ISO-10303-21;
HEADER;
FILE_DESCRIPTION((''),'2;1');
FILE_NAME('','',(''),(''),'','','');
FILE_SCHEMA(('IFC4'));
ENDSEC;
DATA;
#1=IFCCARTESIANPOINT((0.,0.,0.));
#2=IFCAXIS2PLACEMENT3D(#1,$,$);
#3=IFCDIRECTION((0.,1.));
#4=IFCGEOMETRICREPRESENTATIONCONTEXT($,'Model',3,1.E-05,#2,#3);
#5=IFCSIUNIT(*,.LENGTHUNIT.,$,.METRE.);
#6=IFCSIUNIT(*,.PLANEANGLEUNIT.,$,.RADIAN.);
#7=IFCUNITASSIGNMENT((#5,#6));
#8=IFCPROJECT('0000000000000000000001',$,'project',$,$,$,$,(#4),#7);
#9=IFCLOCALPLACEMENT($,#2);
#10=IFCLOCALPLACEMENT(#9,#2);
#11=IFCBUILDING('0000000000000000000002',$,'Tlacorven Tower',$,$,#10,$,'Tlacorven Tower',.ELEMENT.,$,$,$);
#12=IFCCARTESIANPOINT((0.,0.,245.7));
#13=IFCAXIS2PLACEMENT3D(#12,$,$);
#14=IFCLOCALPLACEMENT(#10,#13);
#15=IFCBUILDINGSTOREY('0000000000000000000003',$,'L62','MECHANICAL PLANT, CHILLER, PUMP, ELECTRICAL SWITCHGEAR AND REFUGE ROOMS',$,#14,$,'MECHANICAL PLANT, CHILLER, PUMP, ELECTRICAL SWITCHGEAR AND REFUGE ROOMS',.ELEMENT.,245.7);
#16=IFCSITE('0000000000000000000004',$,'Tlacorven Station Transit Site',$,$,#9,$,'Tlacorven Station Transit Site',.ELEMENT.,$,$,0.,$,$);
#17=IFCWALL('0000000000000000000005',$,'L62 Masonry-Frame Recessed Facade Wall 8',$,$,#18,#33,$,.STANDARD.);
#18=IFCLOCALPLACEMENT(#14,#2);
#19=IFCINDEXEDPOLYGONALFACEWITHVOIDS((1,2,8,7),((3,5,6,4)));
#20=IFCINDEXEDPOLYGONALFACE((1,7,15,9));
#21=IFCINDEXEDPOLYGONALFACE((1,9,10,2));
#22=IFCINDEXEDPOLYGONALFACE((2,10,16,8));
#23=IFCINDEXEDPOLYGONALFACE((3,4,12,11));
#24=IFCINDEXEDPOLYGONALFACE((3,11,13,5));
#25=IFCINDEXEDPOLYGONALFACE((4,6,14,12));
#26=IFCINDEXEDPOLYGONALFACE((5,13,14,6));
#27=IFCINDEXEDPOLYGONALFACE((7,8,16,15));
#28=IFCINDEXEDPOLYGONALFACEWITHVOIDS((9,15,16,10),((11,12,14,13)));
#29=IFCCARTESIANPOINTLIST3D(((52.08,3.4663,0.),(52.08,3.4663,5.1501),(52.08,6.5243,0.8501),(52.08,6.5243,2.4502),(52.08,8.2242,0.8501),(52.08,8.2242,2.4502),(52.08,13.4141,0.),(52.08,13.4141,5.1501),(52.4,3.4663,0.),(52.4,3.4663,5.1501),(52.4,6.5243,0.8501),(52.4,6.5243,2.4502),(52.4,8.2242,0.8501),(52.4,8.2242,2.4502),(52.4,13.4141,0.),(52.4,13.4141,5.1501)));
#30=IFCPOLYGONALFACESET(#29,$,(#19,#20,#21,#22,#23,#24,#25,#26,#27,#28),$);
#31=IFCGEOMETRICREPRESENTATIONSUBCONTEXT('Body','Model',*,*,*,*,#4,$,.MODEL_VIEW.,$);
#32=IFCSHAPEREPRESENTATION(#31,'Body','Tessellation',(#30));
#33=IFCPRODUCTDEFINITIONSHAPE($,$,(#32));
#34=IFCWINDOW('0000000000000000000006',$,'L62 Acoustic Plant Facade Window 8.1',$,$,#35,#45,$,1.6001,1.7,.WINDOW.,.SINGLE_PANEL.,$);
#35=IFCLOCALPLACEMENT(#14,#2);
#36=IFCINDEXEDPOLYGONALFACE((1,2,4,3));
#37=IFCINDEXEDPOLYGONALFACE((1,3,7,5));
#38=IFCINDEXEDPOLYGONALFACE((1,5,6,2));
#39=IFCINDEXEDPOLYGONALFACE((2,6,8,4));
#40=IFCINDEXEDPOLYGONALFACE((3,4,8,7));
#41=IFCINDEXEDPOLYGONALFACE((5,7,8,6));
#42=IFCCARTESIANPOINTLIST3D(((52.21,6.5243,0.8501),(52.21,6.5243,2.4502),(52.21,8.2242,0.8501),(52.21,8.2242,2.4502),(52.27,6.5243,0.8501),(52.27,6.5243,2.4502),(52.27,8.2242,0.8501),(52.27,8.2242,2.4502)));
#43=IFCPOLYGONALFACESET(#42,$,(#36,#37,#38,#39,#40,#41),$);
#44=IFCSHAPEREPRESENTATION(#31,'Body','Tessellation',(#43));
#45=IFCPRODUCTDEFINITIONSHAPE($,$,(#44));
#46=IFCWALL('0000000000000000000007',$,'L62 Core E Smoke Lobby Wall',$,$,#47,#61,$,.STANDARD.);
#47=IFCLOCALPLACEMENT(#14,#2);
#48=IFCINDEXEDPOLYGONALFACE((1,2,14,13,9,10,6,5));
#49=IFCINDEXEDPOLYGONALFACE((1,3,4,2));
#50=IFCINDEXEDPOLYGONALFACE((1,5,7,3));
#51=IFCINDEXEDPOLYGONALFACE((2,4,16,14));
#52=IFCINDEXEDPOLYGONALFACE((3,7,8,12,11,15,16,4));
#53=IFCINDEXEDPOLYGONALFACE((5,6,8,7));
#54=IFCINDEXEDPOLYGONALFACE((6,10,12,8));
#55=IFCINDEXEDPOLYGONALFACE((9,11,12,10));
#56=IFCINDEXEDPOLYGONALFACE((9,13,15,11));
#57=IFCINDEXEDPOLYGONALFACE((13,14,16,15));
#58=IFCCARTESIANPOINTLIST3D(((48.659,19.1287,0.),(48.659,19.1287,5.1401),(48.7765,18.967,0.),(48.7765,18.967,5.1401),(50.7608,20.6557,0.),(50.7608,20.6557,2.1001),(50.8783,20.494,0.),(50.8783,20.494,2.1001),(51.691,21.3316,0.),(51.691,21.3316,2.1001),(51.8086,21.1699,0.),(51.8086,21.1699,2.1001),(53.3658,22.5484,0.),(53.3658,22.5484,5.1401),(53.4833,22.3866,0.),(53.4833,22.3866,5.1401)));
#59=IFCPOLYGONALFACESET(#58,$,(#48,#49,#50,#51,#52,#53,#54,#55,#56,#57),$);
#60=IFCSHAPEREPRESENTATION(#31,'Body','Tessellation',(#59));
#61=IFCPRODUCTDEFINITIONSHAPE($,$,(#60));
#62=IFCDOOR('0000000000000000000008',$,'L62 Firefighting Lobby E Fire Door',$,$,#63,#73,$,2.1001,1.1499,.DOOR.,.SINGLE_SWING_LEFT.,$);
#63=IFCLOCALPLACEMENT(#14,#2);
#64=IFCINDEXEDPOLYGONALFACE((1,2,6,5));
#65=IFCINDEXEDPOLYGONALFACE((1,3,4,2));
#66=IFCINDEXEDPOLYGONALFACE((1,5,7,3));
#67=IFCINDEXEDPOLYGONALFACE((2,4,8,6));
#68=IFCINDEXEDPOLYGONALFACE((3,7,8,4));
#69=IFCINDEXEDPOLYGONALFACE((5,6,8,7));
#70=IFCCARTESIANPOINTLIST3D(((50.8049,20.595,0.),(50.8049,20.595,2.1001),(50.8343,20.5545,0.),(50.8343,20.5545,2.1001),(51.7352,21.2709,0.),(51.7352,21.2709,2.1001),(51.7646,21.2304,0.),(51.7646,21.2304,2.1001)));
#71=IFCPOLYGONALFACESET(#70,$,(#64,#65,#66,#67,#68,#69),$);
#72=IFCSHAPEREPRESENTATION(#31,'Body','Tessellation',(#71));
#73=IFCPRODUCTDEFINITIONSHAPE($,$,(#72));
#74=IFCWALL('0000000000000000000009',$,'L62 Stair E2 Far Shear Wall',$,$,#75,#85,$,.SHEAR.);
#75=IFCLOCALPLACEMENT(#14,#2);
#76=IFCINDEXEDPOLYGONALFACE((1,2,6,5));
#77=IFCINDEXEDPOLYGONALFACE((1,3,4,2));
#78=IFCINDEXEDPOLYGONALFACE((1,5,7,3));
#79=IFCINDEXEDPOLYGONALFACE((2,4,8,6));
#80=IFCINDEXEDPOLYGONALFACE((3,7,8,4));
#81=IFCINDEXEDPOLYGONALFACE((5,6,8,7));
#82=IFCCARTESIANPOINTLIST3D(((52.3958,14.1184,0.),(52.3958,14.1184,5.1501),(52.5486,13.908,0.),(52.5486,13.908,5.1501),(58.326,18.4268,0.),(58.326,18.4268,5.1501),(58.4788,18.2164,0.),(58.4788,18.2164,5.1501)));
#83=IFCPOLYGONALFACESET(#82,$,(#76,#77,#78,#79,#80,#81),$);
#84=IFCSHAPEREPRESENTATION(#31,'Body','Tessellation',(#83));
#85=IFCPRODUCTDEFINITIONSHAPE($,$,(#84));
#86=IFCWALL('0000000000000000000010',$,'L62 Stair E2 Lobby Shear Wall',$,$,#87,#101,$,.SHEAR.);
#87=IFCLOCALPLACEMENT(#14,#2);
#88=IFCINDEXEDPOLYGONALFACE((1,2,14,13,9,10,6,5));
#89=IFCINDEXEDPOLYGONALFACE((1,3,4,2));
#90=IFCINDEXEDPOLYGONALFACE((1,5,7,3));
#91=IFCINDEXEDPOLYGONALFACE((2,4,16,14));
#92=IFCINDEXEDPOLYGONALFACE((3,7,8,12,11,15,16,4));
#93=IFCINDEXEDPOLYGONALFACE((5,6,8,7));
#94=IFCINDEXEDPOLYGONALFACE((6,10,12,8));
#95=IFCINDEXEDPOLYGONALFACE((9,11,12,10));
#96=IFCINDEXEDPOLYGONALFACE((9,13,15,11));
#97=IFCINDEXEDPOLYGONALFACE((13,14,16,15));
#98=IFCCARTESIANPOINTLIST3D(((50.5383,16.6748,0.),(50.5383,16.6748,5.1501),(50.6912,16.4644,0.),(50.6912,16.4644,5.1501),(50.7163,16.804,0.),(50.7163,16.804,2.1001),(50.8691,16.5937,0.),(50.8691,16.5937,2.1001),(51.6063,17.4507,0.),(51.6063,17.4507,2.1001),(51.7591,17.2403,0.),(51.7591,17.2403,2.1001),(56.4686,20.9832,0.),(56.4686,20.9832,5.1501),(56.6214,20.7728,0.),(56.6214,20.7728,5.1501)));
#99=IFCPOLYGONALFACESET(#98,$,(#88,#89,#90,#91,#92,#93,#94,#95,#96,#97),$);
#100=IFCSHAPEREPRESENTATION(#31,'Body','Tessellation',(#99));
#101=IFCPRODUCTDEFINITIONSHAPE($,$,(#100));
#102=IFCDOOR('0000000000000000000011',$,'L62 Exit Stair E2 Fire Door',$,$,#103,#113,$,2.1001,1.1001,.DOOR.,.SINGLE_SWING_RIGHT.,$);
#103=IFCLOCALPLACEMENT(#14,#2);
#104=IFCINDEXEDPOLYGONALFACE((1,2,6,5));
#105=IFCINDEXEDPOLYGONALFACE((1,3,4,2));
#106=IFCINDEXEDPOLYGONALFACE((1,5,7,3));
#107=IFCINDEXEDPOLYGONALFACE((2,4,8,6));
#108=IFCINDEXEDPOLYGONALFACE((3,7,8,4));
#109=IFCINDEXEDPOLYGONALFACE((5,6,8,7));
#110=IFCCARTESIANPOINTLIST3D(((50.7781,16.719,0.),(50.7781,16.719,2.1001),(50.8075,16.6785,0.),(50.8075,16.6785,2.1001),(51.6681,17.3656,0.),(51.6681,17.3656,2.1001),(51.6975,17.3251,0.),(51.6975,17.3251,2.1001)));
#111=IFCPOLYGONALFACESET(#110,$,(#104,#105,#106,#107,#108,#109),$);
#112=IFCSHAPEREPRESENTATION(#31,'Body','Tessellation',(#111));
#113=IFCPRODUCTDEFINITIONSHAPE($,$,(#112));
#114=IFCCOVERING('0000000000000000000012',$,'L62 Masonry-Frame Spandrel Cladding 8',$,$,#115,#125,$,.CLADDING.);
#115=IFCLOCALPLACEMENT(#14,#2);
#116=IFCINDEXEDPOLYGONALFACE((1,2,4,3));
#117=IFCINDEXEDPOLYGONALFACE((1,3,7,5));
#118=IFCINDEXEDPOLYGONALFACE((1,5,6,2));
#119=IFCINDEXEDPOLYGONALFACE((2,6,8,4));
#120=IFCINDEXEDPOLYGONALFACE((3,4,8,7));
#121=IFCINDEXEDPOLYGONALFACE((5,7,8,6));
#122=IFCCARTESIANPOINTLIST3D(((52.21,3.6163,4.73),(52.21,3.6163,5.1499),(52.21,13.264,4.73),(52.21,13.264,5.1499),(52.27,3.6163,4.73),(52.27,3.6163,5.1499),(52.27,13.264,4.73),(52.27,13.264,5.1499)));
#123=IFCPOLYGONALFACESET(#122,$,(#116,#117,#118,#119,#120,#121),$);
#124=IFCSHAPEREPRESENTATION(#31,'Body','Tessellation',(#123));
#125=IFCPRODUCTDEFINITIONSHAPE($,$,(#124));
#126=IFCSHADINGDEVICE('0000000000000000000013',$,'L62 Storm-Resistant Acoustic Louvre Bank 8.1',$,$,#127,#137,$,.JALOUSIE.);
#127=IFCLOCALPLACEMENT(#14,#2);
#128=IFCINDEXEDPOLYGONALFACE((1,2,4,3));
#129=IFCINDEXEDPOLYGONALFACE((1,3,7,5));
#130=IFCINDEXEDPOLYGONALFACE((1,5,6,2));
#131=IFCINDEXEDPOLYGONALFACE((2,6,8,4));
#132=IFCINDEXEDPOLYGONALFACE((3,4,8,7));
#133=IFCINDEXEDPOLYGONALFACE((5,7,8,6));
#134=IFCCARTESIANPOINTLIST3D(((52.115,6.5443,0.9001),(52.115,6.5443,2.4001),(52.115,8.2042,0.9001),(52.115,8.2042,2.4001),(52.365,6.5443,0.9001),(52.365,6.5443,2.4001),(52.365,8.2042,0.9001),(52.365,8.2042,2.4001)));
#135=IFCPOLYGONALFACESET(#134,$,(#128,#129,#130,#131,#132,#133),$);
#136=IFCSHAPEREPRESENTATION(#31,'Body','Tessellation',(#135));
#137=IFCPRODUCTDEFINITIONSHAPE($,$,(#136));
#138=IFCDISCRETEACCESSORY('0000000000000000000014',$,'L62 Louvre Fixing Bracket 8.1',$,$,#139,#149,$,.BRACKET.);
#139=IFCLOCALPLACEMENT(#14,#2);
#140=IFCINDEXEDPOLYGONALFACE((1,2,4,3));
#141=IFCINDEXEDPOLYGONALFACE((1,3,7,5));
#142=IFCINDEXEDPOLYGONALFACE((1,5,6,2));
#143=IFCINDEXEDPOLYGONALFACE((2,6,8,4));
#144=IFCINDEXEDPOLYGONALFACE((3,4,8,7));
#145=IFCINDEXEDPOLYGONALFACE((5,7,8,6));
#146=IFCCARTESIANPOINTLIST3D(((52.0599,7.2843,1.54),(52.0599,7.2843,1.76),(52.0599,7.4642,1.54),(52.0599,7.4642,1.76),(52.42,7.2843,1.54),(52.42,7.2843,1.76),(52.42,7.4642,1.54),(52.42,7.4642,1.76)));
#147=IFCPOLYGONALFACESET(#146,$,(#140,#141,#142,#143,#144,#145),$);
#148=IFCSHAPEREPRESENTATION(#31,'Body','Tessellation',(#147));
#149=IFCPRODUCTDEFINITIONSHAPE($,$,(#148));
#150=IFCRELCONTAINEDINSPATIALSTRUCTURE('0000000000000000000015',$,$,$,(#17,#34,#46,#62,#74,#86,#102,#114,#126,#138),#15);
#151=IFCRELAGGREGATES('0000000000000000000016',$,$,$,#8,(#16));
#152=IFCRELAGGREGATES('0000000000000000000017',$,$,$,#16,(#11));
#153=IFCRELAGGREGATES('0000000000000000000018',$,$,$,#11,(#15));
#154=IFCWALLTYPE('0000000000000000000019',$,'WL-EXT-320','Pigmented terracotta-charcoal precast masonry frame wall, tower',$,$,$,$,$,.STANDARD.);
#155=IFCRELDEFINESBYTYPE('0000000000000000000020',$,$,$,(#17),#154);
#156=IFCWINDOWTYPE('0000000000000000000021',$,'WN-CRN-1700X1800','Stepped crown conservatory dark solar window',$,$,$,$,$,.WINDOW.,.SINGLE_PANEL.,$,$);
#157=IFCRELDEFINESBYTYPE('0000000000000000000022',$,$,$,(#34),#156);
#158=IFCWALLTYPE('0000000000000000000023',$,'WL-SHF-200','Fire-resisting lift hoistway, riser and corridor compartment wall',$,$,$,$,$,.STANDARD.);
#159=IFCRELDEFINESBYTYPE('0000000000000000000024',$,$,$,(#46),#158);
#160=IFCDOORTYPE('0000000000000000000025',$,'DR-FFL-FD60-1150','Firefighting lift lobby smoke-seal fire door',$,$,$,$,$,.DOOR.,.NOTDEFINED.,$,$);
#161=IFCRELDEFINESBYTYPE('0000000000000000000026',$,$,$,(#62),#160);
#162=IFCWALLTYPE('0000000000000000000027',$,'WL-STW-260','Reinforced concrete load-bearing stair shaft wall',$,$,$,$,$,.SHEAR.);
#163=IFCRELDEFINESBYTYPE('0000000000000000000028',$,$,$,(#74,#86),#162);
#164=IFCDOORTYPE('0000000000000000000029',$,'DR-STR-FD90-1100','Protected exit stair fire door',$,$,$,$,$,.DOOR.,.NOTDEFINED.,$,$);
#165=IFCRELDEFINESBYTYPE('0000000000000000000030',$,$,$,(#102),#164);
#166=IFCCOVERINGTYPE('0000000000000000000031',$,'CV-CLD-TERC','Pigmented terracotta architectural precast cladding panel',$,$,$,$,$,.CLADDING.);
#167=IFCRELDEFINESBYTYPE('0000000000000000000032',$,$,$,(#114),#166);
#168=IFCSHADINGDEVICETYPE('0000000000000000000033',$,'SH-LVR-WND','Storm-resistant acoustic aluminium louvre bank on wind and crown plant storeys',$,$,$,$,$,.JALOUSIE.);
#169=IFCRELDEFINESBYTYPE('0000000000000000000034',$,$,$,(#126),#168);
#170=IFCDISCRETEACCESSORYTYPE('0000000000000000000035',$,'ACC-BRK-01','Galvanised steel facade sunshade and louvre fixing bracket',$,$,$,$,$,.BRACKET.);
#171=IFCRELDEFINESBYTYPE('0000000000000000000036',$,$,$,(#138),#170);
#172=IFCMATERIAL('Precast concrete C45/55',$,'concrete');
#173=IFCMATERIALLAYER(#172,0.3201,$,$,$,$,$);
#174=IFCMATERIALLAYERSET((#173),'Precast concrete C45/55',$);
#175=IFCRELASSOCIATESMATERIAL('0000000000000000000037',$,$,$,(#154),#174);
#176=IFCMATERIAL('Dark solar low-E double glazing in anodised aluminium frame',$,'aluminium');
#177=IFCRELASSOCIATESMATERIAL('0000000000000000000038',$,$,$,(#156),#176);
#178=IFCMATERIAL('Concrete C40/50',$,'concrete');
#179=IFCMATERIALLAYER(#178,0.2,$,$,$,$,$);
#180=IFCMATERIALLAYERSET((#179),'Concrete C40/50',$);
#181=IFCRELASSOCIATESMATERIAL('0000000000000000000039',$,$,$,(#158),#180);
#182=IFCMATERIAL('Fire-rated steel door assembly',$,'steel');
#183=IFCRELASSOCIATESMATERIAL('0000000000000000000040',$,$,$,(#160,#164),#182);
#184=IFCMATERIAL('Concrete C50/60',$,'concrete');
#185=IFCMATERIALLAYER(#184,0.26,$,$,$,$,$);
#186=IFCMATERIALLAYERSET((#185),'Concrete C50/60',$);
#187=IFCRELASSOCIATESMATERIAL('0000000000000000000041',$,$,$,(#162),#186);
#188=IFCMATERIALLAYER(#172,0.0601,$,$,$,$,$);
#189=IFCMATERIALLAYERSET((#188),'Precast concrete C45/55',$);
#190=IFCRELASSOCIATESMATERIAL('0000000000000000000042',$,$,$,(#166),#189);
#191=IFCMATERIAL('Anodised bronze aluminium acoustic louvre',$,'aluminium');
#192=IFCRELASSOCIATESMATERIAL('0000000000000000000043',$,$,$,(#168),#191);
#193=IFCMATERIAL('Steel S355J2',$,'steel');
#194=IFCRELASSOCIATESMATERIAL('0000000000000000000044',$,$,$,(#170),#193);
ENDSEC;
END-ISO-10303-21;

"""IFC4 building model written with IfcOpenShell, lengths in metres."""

from ifc_helpers import new_model, si_unit, direction, frame, frame_2d, origin, origin_2d, place, context, subcontext, project, spatial, rectangle, extrude, source, transform, mapped, material, layer, layer_set, type_object, element, fill, save


model = new_model("IFC4")

# Units and contexts
model_context = context("Model", 3, precision=1e-05, world=origin(), true_north=direction((0.0, 1.0)))
body_context = subcontext(model_context, "Body", "Model", "MODEL_VIEW")
ifc_project = project(units=[si_unit("LENGTHUNIT", "METRE"), si_unit("PLANEANGLEUNIT", "RADIAN")], contexts=[model_context])

# Site, building, storey
site_placement = place(None, origin())
site = spatial("IfcSite", under=ifc_project, at=site_placement, Name="Tlacorven Station Transit Site", LongName="Tlacorven Station Transit Site", CompositionType="ELEMENT", RefElevation=0.0)
building_placement = place(site_placement, origin())
building = spatial("IfcBuilding", under=site, at=building_placement, Name="Tlacorven Tower", LongName="Tlacorven Tower", CompositionType="ELEMENT")
storey_placement = place(building_placement, frame((0.0, 0.0, 245.7)))
storey = spatial("IfcBuildingStorey", under=building, at=storey_placement, Name="L62", Description="MECHANICAL PLANT, CHILLER, PUMP, ELECTRICAL SWITCHGEAR AND REFUGE ROOMS", LongName="MECHANICAL PLANT, CHILLER, PUMP, ELECTRICAL SWITCHGEAR AND REFUGE ROOMS", CompositionType="ELEMENT", Elevation=245.7)

# Shared definitions
ifc_material_1 = material(Name="Concrete C50/60", Category="concrete")

# Wall, opening, window
ifc_material_2 = material(Name="Precast concrete C45/55", Category="concrete")
ifc_layer_1 = layer(ifc_material_2, 0.3201)
ifc_layer_set_1 = layer_set([ifc_layer_1], Name="Precast concrete C45/55")
wall_type_1 = type_object("IfcWallType", Name="WL-EXT-320", Description="Pigmented terracotta-charcoal precast masonry frame wall, tower", PredefinedType="STANDARD", material=ifc_layer_set_1)
wall_1_placement = place(storey_placement, frame((52.24, 13.4141, 0.0), z_axis=(0.0, 0.0, 1.0), x_axis=(0.0, -1.0, 0.0)))
wall_1 = element("IfcWall", 1, at=wall_1_placement, inside=storey, type_object=wall_type_1, Name="L62 Masonry-Frame Recessed Facade Wall 8", PredefinedType="STANDARD", context=body_context, shape_type="SweptSolid", body=[
    extrude(rectangle(XDim=9.9478, YDim=0.3201, at=frame_2d((4.9739, 0.0))), origin(), (0.0, 0.0, 1.0), 5.1501),
])
opening_1_placement = place(wall_1_placement, frame((5.1897, 0.0, 0.8501)))
opening_1 = element("IfcOpeningElement", 2, at=opening_1_placement, cuts=wall_1, PredefinedType="OPENING", context=body_context, shape_type="SweptSolid", body=[
    extrude(rectangle(XDim=1.7, YDim=1.6001, at=frame_2d((0.8501, 0.8))), frame((0.0, 0.1699, 0.0), z_axis=(0.0, -1.0, 0.0), x_axis=(1.0, 0.0, 0.0)), (0.0, 0.0, 1.0), 0.3401),
])
ifc_material_3 = material(Name="Dark solar low-E double glazing in anodised aluminium frame", Category="aluminium")
window_type = type_object("IfcWindowType", Name="WN-CRN-1700X1800", Description="Stepped crown conservatory dark solar window", PartitioningType="SINGLE_PANEL", PredefinedType="WINDOW", material=ifc_material_3)
shared_shape_1 = source(origin(), body_context, "Body", "SweptSolid", [
    extrude(rectangle(XDim=1.7, YDim=1.6001, at=frame_2d((0.8501, 0.8))), frame((0.0, 0.03, 0.0), z_axis=(0.0, -1.0, 0.0), x_axis=(1.0, 0.0, 0.0)), (0.0, 0.0, 1.0), 0.0601),
])
window_placement = place(opening_1_placement, origin())
window = element("IfcWindow", 3, at=window_placement, inside=storey, type_object=window_type, Name="L62 Acoustic Plant Facade Window 8.1", OverallHeight=1.6001, OverallWidth=1.7, PartitioningType="SINGLE_PANEL", PredefinedType="WINDOW", context=body_context, shape_type="MappedRepresentation", body=[
    mapped(shared_shape_1, transform((0.0, 0.0, 0.0), scale=1.0)),
])
fill(opening_1, window)

# Wall, opening, door
ifc_material_4 = material(Name="Concrete C40/50", Category="concrete")
ifc_layer_2 = layer(ifc_material_4, 0.2)
ifc_layer_set_2 = layer_set([ifc_layer_2], Name="Concrete C40/50")
wall_type_2 = type_object("IfcWallType", Name="WL-SHF-200", Description="Fire-resisting lift hoistway, riser and corridor compartment wall", PredefinedType="STANDARD", material=ifc_layer_set_2)
wall_2_placement = place(storey_placement, frame((48.7178, 19.0479, 0.0), z_axis=(0.0, 0.0, 1.0), x_axis=(0.809017, 0.587785, 0.0)))
wall_2 = element("IfcWall", 4, at=wall_2_placement, inside=storey, type_object=wall_type_2, Name="L62 Core E Smoke Lobby Wall", PredefinedType="STANDARD", context=body_context, shape_type="SweptSolid", body=[
    extrude(rectangle(XDim=5.8179, YDim=0.2, at=frame_2d((2.9089, 0.0))), origin(), (0.0, 0.0, 1.0), 5.1401),
])
opening_2_placement = place(wall_2_placement, frame((2.5979, 0.0, 0.0)))
opening_2 = element("IfcOpeningElement", 5, at=opening_2_placement, cuts=wall_2, PredefinedType="OPENING", context=body_context, shape_type="SweptSolid", body=[
    extrude(rectangle(XDim=1.1499, YDim=2.1001, at=frame_2d((0.575, 1.05))), frame((0.0, 0.1099, 0.0), z_axis=(0.0, -1.0, 0.0), x_axis=(1.0, 0.0, 0.0)), (0.0, 0.0, 1.0), 0.22),
])
ifc_material_5 = material(Name="Fire-rated steel door assembly", Category="steel")
door_type_1 = type_object("IfcDoorType", Name="DR-FFL-FD60-1150", Description="Firefighting lift lobby smoke-seal fire door", OperationType="NOTDEFINED", PredefinedType="DOOR", material=ifc_material_5)
shared_shape_2 = source(origin(), body_context, "Body", "SweptSolid", [
    extrude(rectangle(XDim=1.1499, YDim=2.1001, at=frame_2d((0.575, 1.05))), frame((0.0, 0.0249, 0.0), z_axis=(0.0, -1.0, 0.0), x_axis=(1.0, 0.0, 0.0)), (0.0, 0.0, 1.0), 0.05),
])
door_1_placement = place(opening_2_placement, origin())
door_1 = element("IfcDoor", 6, at=door_1_placement, inside=storey, type_object=door_type_1, Name="L62 Firefighting Lobby E Fire Door", OperationType="SINGLE_SWING_LEFT", OverallHeight=2.1001, OverallWidth=1.1499, PredefinedType="DOOR", context=body_context, shape_type="MappedRepresentation", body=[
    mapped(shared_shape_2, transform((0.0, 0.0, 0.0), scale=1.0)),
])
fill(opening_2, door_1)

# Wall
ifc_layer_3 = layer(ifc_material_1, 0.26)
ifc_layer_set_3 = layer_set([ifc_layer_3], Name="Concrete C50/60")
wall_type_3 = type_object("IfcWallType", Name="WL-STW-260", Description="Reinforced concrete load-bearing stair shaft wall", PredefinedType="SHEAR", material=ifc_layer_set_3)
wall_3_placement = place(storey_placement, frame((52.4722, 14.0132, 0.0), z_axis=(0.0, 0.0, 1.0), x_axis=(0.809028, 0.58777, 0.0)))
element("IfcWall", 7, at=wall_3_placement, inside=storey, type_object=wall_type_3, Name="L62 Stair E2 Far Shear Wall", PredefinedType="SHEAR", context=body_context, shape_type="SweptSolid", body=[
    extrude(rectangle(XDim=7.3301, YDim=0.26, at=frame_2d((3.665, 0.0))), origin(), (0.0, 0.0, 1.0), 5.1501),
])

# Wall, opening, door
wall_4_placement = place(storey_placement, frame((50.6147, 16.5696, 0.0), z_axis=(0.0, 0.0, 1.0), x_axis=(0.809028, 0.58777, 0.0)))
wall_4 = element("IfcWall", 8, at=wall_4_placement, inside=storey, type_object=wall_type_3, Name="L62 Stair E2 Lobby Shear Wall", PredefinedType="SHEAR", context=body_context, shape_type="SweptSolid", body=[
    extrude(rectangle(XDim=7.3301, YDim=0.26, at=frame_2d((3.665, 0.0))), origin(), (0.0, 0.0, 1.0), 5.1501),
])
opening_3_placement = place(wall_4_placement, frame((0.22, 0.0, 0.0)))
opening_3 = element("IfcOpeningElement", 9, at=opening_3_placement, cuts=wall_4, PredefinedType="OPENING", context=body_context, shape_type="SweptSolid", body=[
    extrude(rectangle(XDim=1.1001, YDim=2.1001, at=frame_2d((0.55, 1.05))), frame((0.0, 0.1401, 0.0), z_axis=(0.0, -1.0, 0.0), x_axis=(1.0, 0.0, 0.0)), (0.0, 0.0, 1.0), 0.28),
])
door_type_2 = type_object("IfcDoorType", Name="DR-STR-FD90-1100", Description="Protected exit stair fire door", OperationType="NOTDEFINED", PredefinedType="DOOR", material=ifc_material_5)
shared_shape_3 = source(origin(), body_context, "Body", "SweptSolid", [
    extrude(rectangle(XDim=1.1001, YDim=2.1001, at=frame_2d((0.55, 1.05))), frame((0.0, 0.0249, 0.0), z_axis=(0.0, -1.0, 0.0), x_axis=(1.0, 0.0, 0.0)), (0.0, 0.0, 1.0), 0.05),
])
door_2_placement = place(opening_3_placement, origin())
door_2 = element("IfcDoor", 10, at=door_2_placement, inside=storey, type_object=door_type_2, Name="L62 Exit Stair E2 Fire Door", OperationType="SINGLE_SWING_RIGHT", OverallHeight=2.1001, OverallWidth=1.1001, PredefinedType="DOOR", context=body_context, shape_type="MappedRepresentation", body=[
    mapped(shared_shape_3, transform((0.0, 0.0, 0.0), scale=1.0)),
])
fill(opening_3, door_2)

# Covering
ifc_layer_4 = layer(ifc_material_2, 0.0601)
ifc_layer_set_4 = layer_set([ifc_layer_4], Name="Precast concrete C45/55")
covering_type = type_object("IfcCoveringType", Name="CV-CLD-TERC", Description="Pigmented terracotta architectural precast cladding panel", PredefinedType="CLADDING", material=ifc_layer_set_4)
shared_shape_4 = source(origin(), body_context, "Body", "SweptSolid", [
    extrude(rectangle(XDim=9.6477, YDim=0.0601, at=origin_2d()), origin(), (0.0, 0.0, 1.0), 0.4199),
])
covering_placement = place(storey_placement, frame((52.24, 8.4402, 4.73), z_axis=(0.0, 0.0, 1.0), x_axis=(0.0, -1.0, 0.0)))
element("IfcCovering", 11, at=covering_placement, inside=storey, type_object=covering_type, Name="L62 Masonry-Frame Spandrel Cladding 8", PredefinedType="CLADDING", context=body_context, shape_type="MappedRepresentation", body=[
    mapped(shared_shape_4, transform((0.0, 0.0, 0.0), scale=1.0)),
])

# Shading device
ifc_material_6 = material(Name="Anodised bronze aluminium acoustic louvre", Category="aluminium")
shading_device_type = type_object("IfcShadingDeviceType", Name="SH-LVR-WND", Description="Storm-resistant acoustic aluminium louvre bank on wind and crown plant storeys", PredefinedType="JALOUSIE", material=ifc_material_6)
shared_shape_5 = source(origin(), body_context, "Body", "SweptSolid", [
    extrude(rectangle(XDim=1.6599, YDim=0.25, at=origin_2d()), origin(), (0.0, 0.0, 1.0), 1.5),
])
shading_device_placement = place(storey_placement, frame((52.24, 7.3743, 0.9001), z_axis=(0.0, 0.0, 1.0), x_axis=(0.0, -1.0, 0.0)))
element("IfcShadingDevice", 12, at=shading_device_placement, inside=storey, type_object=shading_device_type, Name="L62 Storm-Resistant Acoustic Louvre Bank 8.1", PredefinedType="JALOUSIE", context=body_context, shape_type="MappedRepresentation", body=[
    mapped(shared_shape_5, transform((0.0, 0.0, 0.0), scale=1.0)),
])

# Discrete accessory
ifc_material_7 = material(Name="Steel S355J2", Category="steel")
discrete_accessory_type = type_object("IfcDiscreteAccessoryType", Name="ACC-BRK-01", Description="Galvanised steel facade sunshade and louvre fixing bracket", PredefinedType="BRACKET", material=ifc_material_7)
shared_shape_6 = source(origin(), body_context, "Body", "SweptSolid", [
    extrude(rectangle(XDim=0.1799, YDim=0.3601, at=origin_2d()), origin(), (0.0, 0.0, 1.0), 0.22),
])
discrete_accessory_placement = place(storey_placement, frame((52.24, 7.3743, 1.54), z_axis=(0.0, 0.0, 1.0), x_axis=(0.0, -1.0, 0.0)))
element("IfcDiscreteAccessory", 13, at=discrete_accessory_placement, inside=storey, type_object=discrete_accessory_type, Name="L62 Louvre Fixing Bracket 8.1", PredefinedType="BRACKET", context=body_context, shape_type="MappedRepresentation", body=[
    mapped(shared_shape_6, transform((0.0, 0.0, 0.0), scale=1.0)),
])

save(model, "model.ifc")
